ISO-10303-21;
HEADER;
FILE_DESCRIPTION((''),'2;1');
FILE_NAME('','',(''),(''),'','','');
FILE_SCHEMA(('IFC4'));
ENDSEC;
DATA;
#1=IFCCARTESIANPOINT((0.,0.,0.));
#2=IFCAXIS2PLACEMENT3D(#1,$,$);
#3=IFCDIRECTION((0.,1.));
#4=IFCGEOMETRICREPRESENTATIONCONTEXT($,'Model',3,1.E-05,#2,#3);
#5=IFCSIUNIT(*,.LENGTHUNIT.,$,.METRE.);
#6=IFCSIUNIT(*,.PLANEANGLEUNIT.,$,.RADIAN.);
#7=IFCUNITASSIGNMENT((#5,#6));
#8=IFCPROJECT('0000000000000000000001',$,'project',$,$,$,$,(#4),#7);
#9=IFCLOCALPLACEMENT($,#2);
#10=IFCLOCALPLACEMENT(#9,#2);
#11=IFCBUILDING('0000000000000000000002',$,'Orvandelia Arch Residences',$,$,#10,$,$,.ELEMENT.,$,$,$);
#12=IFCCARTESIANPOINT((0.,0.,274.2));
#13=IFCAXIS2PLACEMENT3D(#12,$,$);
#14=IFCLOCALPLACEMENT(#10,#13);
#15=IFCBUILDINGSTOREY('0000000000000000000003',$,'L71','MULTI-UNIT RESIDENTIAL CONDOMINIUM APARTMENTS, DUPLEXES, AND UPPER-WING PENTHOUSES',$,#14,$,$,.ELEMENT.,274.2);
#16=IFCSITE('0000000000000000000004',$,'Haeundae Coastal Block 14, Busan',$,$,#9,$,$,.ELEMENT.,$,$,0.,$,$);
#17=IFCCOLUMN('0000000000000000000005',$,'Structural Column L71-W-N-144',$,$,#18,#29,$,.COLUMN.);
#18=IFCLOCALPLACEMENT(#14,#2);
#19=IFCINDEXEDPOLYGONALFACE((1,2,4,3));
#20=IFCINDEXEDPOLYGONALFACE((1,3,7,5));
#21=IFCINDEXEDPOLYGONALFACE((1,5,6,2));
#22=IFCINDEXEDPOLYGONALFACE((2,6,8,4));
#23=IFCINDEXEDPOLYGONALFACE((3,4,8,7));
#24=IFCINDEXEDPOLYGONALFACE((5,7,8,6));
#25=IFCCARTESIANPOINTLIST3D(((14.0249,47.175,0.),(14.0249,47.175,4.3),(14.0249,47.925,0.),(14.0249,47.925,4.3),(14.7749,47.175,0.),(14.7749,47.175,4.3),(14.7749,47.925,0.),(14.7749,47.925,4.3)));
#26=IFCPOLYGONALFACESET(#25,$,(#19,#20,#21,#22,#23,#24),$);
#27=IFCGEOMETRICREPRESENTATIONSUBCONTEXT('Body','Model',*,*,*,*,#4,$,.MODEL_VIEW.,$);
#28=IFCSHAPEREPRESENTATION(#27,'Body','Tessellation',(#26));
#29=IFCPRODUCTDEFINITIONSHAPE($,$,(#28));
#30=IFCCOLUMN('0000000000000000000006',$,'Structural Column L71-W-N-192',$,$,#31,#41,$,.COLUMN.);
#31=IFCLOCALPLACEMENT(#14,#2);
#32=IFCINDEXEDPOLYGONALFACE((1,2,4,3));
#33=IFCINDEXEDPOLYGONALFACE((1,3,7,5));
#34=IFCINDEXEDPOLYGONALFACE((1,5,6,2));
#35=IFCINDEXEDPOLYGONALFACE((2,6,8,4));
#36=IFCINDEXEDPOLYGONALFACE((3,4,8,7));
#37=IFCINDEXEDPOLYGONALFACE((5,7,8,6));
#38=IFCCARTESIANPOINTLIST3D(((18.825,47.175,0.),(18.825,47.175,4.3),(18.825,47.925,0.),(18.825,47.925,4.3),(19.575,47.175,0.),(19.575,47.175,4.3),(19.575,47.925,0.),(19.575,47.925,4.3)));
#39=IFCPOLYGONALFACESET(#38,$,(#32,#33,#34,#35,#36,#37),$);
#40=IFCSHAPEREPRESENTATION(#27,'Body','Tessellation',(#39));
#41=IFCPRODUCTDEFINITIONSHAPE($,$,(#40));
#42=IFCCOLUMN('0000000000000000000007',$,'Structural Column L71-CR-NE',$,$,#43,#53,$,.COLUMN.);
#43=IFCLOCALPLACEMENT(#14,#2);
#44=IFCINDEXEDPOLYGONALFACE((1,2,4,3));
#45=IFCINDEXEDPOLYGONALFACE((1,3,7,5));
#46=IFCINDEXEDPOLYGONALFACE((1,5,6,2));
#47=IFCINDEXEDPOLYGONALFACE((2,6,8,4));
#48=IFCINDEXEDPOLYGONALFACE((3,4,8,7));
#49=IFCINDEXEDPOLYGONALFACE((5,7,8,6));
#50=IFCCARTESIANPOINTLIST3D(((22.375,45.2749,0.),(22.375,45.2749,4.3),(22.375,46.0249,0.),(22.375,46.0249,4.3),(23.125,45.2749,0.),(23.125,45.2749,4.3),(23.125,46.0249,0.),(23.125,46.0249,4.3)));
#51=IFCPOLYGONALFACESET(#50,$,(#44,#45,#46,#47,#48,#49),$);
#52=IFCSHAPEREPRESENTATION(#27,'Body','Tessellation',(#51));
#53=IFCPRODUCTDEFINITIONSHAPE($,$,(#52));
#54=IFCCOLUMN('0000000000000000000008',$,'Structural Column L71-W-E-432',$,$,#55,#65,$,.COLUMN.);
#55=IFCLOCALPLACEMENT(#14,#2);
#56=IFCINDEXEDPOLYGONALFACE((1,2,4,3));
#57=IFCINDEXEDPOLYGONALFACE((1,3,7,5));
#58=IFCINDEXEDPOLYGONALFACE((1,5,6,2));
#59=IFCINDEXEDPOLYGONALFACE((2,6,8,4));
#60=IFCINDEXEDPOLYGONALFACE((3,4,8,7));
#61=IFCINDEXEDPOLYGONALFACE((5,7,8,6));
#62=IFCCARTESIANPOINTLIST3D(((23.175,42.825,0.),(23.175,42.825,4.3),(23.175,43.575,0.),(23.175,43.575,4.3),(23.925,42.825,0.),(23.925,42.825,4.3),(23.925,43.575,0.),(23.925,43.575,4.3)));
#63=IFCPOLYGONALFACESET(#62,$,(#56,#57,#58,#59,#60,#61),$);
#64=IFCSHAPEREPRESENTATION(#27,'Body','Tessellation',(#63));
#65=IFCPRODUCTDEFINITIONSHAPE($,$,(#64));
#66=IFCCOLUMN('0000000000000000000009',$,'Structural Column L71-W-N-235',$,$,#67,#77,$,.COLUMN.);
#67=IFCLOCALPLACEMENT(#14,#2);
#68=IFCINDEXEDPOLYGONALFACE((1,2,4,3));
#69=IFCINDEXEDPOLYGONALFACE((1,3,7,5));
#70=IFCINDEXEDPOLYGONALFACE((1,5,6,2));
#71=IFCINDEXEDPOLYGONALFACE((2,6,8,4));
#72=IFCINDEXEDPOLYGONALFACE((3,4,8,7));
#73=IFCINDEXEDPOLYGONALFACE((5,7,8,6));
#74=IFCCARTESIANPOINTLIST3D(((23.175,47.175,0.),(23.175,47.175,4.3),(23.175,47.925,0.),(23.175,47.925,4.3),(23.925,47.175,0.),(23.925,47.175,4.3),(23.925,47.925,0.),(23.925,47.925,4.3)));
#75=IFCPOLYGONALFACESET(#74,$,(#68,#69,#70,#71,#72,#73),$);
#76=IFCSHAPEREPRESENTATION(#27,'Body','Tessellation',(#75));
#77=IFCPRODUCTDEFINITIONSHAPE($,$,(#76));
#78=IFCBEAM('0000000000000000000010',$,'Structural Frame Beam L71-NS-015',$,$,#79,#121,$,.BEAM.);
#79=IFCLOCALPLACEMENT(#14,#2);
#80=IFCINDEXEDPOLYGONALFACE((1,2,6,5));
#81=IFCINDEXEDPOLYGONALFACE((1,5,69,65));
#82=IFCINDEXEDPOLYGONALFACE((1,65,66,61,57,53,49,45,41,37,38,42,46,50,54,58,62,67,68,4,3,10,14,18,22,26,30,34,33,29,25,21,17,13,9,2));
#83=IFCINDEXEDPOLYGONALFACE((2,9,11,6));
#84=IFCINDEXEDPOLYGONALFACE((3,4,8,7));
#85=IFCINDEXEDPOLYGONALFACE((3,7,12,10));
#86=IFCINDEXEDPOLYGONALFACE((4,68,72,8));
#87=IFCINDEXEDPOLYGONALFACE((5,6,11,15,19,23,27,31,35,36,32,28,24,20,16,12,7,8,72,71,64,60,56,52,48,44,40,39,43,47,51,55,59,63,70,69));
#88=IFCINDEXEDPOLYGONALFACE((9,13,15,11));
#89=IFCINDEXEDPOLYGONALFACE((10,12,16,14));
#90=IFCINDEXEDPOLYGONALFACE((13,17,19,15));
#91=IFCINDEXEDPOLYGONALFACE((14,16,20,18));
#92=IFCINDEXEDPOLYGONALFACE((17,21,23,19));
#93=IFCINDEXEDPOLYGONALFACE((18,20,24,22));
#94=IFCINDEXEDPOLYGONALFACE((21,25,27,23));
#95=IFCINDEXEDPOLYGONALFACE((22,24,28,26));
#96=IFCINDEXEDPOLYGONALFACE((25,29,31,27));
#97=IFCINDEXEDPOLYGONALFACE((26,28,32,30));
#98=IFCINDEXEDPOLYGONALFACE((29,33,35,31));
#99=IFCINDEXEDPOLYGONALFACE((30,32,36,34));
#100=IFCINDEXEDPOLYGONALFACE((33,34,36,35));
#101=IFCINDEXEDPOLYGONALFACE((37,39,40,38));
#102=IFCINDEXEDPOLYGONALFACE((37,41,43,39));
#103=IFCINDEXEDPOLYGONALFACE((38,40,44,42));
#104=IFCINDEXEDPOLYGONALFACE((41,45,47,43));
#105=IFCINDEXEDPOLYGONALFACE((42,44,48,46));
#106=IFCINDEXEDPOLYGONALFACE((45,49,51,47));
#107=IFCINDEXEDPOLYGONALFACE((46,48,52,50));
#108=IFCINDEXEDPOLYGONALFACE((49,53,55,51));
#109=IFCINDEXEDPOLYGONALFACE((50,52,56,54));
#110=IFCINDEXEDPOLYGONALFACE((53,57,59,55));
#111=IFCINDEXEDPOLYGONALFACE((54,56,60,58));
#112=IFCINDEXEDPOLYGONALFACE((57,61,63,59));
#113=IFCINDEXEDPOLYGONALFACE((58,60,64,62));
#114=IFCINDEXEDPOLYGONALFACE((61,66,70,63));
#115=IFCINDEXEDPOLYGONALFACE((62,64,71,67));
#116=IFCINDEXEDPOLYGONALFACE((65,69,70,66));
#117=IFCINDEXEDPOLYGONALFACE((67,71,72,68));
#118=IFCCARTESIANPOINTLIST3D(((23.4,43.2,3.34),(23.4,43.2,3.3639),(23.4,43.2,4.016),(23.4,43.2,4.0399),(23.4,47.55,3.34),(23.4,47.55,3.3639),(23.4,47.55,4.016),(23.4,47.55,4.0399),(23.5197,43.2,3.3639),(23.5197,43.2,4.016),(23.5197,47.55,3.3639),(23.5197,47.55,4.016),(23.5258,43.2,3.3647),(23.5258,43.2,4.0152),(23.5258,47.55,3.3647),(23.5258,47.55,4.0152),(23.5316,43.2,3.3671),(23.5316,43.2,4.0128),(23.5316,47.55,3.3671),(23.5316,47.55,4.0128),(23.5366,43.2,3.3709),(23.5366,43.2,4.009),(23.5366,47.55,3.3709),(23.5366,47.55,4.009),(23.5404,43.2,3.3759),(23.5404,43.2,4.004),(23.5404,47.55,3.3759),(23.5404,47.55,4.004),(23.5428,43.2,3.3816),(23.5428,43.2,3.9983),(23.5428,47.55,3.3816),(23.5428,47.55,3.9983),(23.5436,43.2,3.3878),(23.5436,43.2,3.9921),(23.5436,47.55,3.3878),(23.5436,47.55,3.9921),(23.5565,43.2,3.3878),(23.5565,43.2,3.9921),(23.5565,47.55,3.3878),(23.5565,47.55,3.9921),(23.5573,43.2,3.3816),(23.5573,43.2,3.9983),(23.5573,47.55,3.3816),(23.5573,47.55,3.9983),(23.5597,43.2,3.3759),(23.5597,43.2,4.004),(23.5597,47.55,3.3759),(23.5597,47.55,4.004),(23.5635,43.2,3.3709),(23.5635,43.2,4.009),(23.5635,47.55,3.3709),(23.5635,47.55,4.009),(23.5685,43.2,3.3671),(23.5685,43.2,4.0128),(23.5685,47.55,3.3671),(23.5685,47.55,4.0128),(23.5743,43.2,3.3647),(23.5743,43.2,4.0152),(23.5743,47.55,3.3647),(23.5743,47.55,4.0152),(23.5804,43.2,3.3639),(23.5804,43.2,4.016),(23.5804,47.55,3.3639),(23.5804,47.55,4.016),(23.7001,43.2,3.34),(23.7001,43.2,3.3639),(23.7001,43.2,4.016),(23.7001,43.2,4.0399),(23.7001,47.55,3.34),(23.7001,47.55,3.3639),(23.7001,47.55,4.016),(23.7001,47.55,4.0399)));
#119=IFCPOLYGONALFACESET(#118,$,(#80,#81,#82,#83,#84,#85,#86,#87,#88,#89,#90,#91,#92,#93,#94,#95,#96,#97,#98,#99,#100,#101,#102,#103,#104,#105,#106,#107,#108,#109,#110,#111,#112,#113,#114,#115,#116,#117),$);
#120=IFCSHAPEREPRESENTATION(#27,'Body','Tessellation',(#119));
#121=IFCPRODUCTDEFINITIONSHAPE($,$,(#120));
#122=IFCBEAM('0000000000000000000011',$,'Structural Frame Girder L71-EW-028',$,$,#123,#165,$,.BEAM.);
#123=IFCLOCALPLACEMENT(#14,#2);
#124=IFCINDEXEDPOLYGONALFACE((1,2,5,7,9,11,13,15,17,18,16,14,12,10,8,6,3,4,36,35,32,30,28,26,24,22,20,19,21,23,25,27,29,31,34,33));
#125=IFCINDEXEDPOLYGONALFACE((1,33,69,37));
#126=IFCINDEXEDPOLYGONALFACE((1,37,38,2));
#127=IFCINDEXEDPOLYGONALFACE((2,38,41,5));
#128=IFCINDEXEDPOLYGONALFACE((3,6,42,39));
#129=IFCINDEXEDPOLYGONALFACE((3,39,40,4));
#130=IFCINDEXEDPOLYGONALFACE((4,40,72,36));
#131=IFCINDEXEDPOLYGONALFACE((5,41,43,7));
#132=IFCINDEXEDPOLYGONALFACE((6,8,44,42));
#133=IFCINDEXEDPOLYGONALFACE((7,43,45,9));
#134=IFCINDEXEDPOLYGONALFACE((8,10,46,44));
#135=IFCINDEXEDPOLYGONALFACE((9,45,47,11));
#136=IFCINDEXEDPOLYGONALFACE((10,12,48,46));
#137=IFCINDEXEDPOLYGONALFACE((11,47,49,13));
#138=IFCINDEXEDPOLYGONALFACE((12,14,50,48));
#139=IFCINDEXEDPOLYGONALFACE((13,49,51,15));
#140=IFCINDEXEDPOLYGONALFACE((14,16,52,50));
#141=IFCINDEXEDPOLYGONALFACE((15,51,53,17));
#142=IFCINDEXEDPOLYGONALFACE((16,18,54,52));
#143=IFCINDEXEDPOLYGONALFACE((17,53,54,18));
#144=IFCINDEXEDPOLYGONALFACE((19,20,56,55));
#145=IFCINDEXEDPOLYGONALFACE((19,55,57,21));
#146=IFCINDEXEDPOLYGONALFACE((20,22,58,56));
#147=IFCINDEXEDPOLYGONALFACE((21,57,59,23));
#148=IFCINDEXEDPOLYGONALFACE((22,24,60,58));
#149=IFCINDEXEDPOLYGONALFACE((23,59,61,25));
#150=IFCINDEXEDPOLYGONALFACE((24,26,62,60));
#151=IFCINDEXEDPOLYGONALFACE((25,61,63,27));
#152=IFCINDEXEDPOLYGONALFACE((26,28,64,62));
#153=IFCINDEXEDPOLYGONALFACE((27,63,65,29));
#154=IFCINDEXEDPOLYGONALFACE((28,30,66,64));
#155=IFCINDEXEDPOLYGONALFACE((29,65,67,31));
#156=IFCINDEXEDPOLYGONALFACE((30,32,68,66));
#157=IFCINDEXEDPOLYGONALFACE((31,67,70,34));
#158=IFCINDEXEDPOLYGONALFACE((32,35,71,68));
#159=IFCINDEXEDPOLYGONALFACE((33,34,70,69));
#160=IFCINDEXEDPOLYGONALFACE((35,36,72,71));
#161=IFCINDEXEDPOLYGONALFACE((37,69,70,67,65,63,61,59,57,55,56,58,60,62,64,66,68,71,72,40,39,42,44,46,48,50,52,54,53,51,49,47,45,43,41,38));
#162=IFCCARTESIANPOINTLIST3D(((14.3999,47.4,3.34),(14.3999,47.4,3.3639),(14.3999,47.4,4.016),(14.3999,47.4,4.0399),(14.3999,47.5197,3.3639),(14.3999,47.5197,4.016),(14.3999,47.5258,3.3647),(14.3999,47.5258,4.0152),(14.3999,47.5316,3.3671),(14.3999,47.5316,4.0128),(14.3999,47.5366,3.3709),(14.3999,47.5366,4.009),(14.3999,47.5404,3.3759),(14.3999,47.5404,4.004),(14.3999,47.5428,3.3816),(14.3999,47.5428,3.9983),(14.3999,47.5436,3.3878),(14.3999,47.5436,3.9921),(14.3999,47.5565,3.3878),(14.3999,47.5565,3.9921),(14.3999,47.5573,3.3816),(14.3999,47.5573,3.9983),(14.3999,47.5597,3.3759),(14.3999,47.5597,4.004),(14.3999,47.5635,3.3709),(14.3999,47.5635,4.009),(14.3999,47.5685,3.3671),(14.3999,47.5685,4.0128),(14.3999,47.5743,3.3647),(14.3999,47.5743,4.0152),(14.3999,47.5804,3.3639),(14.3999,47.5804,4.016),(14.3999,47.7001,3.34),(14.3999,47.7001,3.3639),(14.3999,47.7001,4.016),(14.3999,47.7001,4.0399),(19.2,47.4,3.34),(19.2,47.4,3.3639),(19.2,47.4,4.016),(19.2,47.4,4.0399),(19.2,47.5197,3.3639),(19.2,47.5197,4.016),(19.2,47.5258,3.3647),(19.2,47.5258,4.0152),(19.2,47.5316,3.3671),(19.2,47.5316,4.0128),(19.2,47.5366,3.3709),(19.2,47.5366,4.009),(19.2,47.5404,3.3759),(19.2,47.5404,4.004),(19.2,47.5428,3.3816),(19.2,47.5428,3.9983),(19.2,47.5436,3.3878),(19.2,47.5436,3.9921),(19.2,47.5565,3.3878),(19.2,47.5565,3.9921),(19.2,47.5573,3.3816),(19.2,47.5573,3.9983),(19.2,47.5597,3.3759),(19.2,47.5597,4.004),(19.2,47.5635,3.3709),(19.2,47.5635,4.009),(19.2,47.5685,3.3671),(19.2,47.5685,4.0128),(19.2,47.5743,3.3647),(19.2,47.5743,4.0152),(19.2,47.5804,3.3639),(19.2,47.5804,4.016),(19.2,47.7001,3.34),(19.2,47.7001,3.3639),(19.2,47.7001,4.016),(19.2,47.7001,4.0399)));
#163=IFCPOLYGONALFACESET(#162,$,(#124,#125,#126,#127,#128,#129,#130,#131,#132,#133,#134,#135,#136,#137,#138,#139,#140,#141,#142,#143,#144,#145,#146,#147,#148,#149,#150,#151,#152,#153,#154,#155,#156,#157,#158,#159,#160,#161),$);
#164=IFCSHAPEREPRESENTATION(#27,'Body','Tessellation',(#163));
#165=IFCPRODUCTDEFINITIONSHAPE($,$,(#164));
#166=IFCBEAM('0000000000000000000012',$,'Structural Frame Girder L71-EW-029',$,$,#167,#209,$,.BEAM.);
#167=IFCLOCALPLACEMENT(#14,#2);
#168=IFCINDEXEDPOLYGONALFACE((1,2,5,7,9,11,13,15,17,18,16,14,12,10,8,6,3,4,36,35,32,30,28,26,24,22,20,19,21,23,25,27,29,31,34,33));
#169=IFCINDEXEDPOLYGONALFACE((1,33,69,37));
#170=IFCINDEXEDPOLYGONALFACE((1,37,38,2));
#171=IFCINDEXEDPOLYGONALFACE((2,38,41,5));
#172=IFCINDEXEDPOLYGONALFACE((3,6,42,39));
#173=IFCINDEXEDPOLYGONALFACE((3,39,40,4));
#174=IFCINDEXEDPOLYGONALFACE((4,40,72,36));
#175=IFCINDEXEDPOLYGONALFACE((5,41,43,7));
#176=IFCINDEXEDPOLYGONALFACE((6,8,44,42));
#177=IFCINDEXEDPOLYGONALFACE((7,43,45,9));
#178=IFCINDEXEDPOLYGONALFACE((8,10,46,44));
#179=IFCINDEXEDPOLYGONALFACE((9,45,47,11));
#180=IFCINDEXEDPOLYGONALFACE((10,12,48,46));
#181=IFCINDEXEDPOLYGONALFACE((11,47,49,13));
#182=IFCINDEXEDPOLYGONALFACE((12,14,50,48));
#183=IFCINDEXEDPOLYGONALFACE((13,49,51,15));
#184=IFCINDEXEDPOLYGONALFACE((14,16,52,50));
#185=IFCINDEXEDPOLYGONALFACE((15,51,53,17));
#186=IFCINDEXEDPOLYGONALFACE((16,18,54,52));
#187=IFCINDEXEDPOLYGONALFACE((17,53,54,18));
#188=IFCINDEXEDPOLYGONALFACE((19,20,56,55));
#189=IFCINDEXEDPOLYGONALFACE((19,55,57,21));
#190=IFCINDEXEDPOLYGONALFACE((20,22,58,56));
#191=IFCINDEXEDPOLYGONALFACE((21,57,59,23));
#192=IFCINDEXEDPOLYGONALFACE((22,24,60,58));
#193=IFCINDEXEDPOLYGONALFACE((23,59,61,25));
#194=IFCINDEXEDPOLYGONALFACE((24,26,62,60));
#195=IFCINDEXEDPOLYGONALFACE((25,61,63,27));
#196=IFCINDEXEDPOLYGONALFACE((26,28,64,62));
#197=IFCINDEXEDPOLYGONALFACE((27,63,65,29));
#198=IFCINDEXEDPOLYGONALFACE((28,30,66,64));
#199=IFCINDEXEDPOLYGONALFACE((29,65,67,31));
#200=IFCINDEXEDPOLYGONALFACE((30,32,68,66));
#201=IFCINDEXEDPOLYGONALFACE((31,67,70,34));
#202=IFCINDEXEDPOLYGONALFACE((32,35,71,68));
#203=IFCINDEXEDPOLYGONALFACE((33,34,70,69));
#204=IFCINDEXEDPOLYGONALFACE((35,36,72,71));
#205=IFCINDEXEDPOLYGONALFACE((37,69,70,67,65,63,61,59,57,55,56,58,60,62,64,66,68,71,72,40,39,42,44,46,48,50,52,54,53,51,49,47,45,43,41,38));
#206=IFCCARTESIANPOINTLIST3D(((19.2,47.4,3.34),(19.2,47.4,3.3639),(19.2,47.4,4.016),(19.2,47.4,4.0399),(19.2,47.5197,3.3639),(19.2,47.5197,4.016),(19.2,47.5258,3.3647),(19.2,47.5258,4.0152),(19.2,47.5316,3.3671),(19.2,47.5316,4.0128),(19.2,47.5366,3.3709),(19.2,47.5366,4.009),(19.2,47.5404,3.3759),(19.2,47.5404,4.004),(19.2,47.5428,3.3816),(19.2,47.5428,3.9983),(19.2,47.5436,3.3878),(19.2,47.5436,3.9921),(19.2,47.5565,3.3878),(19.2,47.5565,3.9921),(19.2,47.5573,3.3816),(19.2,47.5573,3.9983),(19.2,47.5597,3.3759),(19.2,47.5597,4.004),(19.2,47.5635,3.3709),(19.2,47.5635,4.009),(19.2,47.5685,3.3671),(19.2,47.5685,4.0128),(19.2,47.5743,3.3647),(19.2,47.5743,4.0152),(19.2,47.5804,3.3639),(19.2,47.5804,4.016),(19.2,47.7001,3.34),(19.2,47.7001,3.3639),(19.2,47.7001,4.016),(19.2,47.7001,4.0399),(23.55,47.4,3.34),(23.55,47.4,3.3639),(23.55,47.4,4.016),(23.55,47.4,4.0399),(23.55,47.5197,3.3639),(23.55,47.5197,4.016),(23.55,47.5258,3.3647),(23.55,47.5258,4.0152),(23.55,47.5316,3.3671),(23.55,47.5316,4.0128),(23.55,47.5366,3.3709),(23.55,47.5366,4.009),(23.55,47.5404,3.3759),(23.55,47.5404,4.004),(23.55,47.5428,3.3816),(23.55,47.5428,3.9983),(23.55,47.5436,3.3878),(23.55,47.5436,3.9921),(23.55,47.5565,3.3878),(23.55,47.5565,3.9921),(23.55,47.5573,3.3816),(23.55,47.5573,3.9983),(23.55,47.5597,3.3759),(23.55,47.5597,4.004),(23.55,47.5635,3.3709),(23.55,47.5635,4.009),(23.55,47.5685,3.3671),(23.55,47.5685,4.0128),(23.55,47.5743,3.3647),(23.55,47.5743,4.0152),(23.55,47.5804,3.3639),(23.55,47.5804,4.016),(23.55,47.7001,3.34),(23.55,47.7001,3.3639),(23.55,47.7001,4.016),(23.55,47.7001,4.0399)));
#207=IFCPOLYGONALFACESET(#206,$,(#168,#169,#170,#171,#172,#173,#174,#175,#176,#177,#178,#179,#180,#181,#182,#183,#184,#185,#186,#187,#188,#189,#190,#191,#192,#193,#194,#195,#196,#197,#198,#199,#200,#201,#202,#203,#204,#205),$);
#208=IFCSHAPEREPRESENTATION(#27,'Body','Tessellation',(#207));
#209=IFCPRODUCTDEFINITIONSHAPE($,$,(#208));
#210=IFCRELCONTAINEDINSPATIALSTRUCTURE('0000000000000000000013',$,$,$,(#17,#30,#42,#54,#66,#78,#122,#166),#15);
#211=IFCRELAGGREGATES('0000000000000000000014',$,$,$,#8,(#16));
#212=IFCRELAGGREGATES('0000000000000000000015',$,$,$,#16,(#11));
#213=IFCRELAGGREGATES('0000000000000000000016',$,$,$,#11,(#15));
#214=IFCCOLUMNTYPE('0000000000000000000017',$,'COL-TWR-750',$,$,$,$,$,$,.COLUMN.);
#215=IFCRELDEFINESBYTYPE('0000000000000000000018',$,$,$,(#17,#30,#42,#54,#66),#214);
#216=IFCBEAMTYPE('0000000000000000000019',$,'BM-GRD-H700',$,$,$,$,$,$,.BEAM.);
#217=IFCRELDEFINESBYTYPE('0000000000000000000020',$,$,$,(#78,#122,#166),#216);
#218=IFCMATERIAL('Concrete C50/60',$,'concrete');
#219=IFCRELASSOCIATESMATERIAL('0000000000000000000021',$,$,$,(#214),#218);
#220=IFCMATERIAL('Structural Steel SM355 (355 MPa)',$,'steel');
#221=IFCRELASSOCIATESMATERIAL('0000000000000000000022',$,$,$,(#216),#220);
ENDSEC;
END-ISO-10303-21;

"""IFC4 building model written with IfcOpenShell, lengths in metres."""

from ifc_helpers import new_model, si_unit, direction, frame, origin, origin_2d, place, context, subcontext, project, spatial, rectangle, i_section, extrude, material, material_profile, profile_set, type_object, element, save


model = new_model("IFC4")

# Units and contexts
model_context = context("Model", 3, precision=1e-05, world=origin(), true_north=direction((0.0, 1.0)))
body_context = subcontext(model_context, "Body", "Model", "MODEL_VIEW")
ifc_project = project(units=[si_unit("LENGTHUNIT", "METRE"), si_unit("PLANEANGLEUNIT", "RADIAN")], contexts=[model_context])

# Site, building, storey
site_placement = place(None, origin())
site = spatial("IfcSite", under=ifc_project, at=site_placement, Name="Haeundae Coastal Block 14, Busan", CompositionType="ELEMENT", RefElevation=0.0)
building_placement = place(site_placement, origin())
building = spatial("IfcBuilding", under=site, at=building_placement, Name="Orvandelia Arch Residences", CompositionType="ELEMENT")
storey_placement = place(building_placement, frame((0.0, 0.0, 274.2)))
storey = spatial("IfcBuildingStorey", under=building, at=storey_placement, Name="L71", Description="MULTI-UNIT RESIDENTIAL CONDOMINIUM APARTMENTS, DUPLEXES, AND UPPER-WING PENTHOUSES", CompositionType="ELEMENT", Elevation=274.2)

# Columns
ifc_material_1 = material(Name="Concrete C50/60", Category="concrete")
ifc_material_profile_1 = material_profile(ifc_material_1, rectangle(XDim=0.75, YDim=0.75, at=origin_2d()), Name="Concrete C50/60", Category="concrete")
ifc_profile_set_1 = profile_set([ifc_material_profile_1], Name="Concrete C50/60")
column_type = type_object("IfcColumnType", Name="COL-TWR-750", PredefinedType="COLUMN", material=ifc_profile_set_1)
for number, where, z_axis, x_axis, name in (
    (1, (14.3999, 47.55, 0.0), (0.0, 0.0, 1.0), (1.0, 0.0, 0.0), "Structural Column L71-W-N-144"),
    (2, (19.2, 47.55, 0.0), (0.0, 0.0, 1.0), (1.0, 0.0, 0.0), "Structural Column L71-W-N-192"),
    (3, (22.75, 45.6499, 0.0), (0.0, 0.0, 1.0), (1.0, 0.0, 0.0), "Structural Column L71-CR-NE"),
    (4, (23.55, 43.2, 0.0), (0.0, 0.0, 1.0), (1.0, 0.0, 0.0), "Structural Column L71-W-E-432"),
    (5, (23.55, 47.55, 0.0), (0.0, 0.0, 1.0), (1.0, 0.0, 0.0), "Structural Column L71-W-N-235"),
):
    element("IfcColumn", number, at=place(storey_placement, frame(where, z_axis=z_axis, x_axis=x_axis)), inside=storey, type_object=column_type, Name=name, PredefinedType="COLUMN", context=body_context, shape_type="SweptSolid", body=[
        extrude(rectangle(XDim=0.75, YDim=0.75, at=origin_2d()), origin(), (0.0, 0.0, 1.0), 4.3),
    ])

# Beams
ifc_material_2 = material(Name="Structural Steel SM355 (355 MPa)", Category="steel")
ifc_material_profile_2 = material_profile(ifc_material_2, i_section(OverallWidth=0.3, OverallDepth=0.7, WebThickness=0.0129, FlangeThickness=0.0239, FilletRadius=0.0239, at=origin_2d()), Name="Structural Steel SM355 (355 MPa)", Category="steel")
ifc_profile_set_2 = profile_set([ifc_material_profile_2], Name="Structural Steel SM355 (355 MPa)")
beam_type = type_object("IfcBeamType", Name="BM-GRD-H700", PredefinedType="BEAM", material=ifc_profile_set_2)
beam_1_placement = place(storey_placement, frame((23.55, 43.2, 3.6899), z_axis=(0.0, 1.0, 0.0), x_axis=(-1.0, 0.0, 0.0)))
element("IfcBeam", 6, at=beam_1_placement, inside=storey, type_object=beam_type, Name="Structural Frame Beam L71-NS-015", PredefinedType="BEAM", context=body_context, shape_type="SweptSolid", body=[
    extrude(i_section(OverallWidth=0.3, OverallDepth=0.7, WebThickness=0.0129, FlangeThickness=0.0239, FilletRadius=0.0239, at=origin_2d()), origin(), (0.0, 0.0, 1.0), 4.3501),
])
beam_2_placement = place(storey_placement, frame((14.3999, 47.55, 3.6899), z_axis=(1.0, 0.0, 0.0), x_axis=(0.0, 1.0, 0.0)))
element("IfcBeam", 7, at=beam_2_placement, inside=storey, type_object=beam_type, Name="Structural Frame Girder L71-EW-028", PredefinedType="BEAM", context=body_context, shape_type="SweptSolid", body=[
    extrude(i_section(OverallWidth=0.3, OverallDepth=0.7, WebThickness=0.0129, FlangeThickness=0.0239, FilletRadius=0.0239, at=origin_2d()), origin(), (0.0, 0.0, 1.0), 4.8),
])
beam_3_placement = place(storey_placement, frame((19.2, 47.55, 3.6899), z_axis=(1.0, 0.0, 0.0), x_axis=(0.0, 1.0, 0.0)))
element("IfcBeam", 8, at=beam_3_placement, inside=storey, type_object=beam_type, Name="Structural Frame Girder L71-EW-029", PredefinedType="BEAM", context=body_context, shape_type="SweptSolid", body=[
    extrude(i_section(OverallWidth=0.3, OverallDepth=0.7, WebThickness=0.0129, FlangeThickness=0.0239, FilletRadius=0.0239, at=origin_2d()), origin(), (0.0, 0.0, 1.0), 4.3501),
])

save(model, "model.ifc")
